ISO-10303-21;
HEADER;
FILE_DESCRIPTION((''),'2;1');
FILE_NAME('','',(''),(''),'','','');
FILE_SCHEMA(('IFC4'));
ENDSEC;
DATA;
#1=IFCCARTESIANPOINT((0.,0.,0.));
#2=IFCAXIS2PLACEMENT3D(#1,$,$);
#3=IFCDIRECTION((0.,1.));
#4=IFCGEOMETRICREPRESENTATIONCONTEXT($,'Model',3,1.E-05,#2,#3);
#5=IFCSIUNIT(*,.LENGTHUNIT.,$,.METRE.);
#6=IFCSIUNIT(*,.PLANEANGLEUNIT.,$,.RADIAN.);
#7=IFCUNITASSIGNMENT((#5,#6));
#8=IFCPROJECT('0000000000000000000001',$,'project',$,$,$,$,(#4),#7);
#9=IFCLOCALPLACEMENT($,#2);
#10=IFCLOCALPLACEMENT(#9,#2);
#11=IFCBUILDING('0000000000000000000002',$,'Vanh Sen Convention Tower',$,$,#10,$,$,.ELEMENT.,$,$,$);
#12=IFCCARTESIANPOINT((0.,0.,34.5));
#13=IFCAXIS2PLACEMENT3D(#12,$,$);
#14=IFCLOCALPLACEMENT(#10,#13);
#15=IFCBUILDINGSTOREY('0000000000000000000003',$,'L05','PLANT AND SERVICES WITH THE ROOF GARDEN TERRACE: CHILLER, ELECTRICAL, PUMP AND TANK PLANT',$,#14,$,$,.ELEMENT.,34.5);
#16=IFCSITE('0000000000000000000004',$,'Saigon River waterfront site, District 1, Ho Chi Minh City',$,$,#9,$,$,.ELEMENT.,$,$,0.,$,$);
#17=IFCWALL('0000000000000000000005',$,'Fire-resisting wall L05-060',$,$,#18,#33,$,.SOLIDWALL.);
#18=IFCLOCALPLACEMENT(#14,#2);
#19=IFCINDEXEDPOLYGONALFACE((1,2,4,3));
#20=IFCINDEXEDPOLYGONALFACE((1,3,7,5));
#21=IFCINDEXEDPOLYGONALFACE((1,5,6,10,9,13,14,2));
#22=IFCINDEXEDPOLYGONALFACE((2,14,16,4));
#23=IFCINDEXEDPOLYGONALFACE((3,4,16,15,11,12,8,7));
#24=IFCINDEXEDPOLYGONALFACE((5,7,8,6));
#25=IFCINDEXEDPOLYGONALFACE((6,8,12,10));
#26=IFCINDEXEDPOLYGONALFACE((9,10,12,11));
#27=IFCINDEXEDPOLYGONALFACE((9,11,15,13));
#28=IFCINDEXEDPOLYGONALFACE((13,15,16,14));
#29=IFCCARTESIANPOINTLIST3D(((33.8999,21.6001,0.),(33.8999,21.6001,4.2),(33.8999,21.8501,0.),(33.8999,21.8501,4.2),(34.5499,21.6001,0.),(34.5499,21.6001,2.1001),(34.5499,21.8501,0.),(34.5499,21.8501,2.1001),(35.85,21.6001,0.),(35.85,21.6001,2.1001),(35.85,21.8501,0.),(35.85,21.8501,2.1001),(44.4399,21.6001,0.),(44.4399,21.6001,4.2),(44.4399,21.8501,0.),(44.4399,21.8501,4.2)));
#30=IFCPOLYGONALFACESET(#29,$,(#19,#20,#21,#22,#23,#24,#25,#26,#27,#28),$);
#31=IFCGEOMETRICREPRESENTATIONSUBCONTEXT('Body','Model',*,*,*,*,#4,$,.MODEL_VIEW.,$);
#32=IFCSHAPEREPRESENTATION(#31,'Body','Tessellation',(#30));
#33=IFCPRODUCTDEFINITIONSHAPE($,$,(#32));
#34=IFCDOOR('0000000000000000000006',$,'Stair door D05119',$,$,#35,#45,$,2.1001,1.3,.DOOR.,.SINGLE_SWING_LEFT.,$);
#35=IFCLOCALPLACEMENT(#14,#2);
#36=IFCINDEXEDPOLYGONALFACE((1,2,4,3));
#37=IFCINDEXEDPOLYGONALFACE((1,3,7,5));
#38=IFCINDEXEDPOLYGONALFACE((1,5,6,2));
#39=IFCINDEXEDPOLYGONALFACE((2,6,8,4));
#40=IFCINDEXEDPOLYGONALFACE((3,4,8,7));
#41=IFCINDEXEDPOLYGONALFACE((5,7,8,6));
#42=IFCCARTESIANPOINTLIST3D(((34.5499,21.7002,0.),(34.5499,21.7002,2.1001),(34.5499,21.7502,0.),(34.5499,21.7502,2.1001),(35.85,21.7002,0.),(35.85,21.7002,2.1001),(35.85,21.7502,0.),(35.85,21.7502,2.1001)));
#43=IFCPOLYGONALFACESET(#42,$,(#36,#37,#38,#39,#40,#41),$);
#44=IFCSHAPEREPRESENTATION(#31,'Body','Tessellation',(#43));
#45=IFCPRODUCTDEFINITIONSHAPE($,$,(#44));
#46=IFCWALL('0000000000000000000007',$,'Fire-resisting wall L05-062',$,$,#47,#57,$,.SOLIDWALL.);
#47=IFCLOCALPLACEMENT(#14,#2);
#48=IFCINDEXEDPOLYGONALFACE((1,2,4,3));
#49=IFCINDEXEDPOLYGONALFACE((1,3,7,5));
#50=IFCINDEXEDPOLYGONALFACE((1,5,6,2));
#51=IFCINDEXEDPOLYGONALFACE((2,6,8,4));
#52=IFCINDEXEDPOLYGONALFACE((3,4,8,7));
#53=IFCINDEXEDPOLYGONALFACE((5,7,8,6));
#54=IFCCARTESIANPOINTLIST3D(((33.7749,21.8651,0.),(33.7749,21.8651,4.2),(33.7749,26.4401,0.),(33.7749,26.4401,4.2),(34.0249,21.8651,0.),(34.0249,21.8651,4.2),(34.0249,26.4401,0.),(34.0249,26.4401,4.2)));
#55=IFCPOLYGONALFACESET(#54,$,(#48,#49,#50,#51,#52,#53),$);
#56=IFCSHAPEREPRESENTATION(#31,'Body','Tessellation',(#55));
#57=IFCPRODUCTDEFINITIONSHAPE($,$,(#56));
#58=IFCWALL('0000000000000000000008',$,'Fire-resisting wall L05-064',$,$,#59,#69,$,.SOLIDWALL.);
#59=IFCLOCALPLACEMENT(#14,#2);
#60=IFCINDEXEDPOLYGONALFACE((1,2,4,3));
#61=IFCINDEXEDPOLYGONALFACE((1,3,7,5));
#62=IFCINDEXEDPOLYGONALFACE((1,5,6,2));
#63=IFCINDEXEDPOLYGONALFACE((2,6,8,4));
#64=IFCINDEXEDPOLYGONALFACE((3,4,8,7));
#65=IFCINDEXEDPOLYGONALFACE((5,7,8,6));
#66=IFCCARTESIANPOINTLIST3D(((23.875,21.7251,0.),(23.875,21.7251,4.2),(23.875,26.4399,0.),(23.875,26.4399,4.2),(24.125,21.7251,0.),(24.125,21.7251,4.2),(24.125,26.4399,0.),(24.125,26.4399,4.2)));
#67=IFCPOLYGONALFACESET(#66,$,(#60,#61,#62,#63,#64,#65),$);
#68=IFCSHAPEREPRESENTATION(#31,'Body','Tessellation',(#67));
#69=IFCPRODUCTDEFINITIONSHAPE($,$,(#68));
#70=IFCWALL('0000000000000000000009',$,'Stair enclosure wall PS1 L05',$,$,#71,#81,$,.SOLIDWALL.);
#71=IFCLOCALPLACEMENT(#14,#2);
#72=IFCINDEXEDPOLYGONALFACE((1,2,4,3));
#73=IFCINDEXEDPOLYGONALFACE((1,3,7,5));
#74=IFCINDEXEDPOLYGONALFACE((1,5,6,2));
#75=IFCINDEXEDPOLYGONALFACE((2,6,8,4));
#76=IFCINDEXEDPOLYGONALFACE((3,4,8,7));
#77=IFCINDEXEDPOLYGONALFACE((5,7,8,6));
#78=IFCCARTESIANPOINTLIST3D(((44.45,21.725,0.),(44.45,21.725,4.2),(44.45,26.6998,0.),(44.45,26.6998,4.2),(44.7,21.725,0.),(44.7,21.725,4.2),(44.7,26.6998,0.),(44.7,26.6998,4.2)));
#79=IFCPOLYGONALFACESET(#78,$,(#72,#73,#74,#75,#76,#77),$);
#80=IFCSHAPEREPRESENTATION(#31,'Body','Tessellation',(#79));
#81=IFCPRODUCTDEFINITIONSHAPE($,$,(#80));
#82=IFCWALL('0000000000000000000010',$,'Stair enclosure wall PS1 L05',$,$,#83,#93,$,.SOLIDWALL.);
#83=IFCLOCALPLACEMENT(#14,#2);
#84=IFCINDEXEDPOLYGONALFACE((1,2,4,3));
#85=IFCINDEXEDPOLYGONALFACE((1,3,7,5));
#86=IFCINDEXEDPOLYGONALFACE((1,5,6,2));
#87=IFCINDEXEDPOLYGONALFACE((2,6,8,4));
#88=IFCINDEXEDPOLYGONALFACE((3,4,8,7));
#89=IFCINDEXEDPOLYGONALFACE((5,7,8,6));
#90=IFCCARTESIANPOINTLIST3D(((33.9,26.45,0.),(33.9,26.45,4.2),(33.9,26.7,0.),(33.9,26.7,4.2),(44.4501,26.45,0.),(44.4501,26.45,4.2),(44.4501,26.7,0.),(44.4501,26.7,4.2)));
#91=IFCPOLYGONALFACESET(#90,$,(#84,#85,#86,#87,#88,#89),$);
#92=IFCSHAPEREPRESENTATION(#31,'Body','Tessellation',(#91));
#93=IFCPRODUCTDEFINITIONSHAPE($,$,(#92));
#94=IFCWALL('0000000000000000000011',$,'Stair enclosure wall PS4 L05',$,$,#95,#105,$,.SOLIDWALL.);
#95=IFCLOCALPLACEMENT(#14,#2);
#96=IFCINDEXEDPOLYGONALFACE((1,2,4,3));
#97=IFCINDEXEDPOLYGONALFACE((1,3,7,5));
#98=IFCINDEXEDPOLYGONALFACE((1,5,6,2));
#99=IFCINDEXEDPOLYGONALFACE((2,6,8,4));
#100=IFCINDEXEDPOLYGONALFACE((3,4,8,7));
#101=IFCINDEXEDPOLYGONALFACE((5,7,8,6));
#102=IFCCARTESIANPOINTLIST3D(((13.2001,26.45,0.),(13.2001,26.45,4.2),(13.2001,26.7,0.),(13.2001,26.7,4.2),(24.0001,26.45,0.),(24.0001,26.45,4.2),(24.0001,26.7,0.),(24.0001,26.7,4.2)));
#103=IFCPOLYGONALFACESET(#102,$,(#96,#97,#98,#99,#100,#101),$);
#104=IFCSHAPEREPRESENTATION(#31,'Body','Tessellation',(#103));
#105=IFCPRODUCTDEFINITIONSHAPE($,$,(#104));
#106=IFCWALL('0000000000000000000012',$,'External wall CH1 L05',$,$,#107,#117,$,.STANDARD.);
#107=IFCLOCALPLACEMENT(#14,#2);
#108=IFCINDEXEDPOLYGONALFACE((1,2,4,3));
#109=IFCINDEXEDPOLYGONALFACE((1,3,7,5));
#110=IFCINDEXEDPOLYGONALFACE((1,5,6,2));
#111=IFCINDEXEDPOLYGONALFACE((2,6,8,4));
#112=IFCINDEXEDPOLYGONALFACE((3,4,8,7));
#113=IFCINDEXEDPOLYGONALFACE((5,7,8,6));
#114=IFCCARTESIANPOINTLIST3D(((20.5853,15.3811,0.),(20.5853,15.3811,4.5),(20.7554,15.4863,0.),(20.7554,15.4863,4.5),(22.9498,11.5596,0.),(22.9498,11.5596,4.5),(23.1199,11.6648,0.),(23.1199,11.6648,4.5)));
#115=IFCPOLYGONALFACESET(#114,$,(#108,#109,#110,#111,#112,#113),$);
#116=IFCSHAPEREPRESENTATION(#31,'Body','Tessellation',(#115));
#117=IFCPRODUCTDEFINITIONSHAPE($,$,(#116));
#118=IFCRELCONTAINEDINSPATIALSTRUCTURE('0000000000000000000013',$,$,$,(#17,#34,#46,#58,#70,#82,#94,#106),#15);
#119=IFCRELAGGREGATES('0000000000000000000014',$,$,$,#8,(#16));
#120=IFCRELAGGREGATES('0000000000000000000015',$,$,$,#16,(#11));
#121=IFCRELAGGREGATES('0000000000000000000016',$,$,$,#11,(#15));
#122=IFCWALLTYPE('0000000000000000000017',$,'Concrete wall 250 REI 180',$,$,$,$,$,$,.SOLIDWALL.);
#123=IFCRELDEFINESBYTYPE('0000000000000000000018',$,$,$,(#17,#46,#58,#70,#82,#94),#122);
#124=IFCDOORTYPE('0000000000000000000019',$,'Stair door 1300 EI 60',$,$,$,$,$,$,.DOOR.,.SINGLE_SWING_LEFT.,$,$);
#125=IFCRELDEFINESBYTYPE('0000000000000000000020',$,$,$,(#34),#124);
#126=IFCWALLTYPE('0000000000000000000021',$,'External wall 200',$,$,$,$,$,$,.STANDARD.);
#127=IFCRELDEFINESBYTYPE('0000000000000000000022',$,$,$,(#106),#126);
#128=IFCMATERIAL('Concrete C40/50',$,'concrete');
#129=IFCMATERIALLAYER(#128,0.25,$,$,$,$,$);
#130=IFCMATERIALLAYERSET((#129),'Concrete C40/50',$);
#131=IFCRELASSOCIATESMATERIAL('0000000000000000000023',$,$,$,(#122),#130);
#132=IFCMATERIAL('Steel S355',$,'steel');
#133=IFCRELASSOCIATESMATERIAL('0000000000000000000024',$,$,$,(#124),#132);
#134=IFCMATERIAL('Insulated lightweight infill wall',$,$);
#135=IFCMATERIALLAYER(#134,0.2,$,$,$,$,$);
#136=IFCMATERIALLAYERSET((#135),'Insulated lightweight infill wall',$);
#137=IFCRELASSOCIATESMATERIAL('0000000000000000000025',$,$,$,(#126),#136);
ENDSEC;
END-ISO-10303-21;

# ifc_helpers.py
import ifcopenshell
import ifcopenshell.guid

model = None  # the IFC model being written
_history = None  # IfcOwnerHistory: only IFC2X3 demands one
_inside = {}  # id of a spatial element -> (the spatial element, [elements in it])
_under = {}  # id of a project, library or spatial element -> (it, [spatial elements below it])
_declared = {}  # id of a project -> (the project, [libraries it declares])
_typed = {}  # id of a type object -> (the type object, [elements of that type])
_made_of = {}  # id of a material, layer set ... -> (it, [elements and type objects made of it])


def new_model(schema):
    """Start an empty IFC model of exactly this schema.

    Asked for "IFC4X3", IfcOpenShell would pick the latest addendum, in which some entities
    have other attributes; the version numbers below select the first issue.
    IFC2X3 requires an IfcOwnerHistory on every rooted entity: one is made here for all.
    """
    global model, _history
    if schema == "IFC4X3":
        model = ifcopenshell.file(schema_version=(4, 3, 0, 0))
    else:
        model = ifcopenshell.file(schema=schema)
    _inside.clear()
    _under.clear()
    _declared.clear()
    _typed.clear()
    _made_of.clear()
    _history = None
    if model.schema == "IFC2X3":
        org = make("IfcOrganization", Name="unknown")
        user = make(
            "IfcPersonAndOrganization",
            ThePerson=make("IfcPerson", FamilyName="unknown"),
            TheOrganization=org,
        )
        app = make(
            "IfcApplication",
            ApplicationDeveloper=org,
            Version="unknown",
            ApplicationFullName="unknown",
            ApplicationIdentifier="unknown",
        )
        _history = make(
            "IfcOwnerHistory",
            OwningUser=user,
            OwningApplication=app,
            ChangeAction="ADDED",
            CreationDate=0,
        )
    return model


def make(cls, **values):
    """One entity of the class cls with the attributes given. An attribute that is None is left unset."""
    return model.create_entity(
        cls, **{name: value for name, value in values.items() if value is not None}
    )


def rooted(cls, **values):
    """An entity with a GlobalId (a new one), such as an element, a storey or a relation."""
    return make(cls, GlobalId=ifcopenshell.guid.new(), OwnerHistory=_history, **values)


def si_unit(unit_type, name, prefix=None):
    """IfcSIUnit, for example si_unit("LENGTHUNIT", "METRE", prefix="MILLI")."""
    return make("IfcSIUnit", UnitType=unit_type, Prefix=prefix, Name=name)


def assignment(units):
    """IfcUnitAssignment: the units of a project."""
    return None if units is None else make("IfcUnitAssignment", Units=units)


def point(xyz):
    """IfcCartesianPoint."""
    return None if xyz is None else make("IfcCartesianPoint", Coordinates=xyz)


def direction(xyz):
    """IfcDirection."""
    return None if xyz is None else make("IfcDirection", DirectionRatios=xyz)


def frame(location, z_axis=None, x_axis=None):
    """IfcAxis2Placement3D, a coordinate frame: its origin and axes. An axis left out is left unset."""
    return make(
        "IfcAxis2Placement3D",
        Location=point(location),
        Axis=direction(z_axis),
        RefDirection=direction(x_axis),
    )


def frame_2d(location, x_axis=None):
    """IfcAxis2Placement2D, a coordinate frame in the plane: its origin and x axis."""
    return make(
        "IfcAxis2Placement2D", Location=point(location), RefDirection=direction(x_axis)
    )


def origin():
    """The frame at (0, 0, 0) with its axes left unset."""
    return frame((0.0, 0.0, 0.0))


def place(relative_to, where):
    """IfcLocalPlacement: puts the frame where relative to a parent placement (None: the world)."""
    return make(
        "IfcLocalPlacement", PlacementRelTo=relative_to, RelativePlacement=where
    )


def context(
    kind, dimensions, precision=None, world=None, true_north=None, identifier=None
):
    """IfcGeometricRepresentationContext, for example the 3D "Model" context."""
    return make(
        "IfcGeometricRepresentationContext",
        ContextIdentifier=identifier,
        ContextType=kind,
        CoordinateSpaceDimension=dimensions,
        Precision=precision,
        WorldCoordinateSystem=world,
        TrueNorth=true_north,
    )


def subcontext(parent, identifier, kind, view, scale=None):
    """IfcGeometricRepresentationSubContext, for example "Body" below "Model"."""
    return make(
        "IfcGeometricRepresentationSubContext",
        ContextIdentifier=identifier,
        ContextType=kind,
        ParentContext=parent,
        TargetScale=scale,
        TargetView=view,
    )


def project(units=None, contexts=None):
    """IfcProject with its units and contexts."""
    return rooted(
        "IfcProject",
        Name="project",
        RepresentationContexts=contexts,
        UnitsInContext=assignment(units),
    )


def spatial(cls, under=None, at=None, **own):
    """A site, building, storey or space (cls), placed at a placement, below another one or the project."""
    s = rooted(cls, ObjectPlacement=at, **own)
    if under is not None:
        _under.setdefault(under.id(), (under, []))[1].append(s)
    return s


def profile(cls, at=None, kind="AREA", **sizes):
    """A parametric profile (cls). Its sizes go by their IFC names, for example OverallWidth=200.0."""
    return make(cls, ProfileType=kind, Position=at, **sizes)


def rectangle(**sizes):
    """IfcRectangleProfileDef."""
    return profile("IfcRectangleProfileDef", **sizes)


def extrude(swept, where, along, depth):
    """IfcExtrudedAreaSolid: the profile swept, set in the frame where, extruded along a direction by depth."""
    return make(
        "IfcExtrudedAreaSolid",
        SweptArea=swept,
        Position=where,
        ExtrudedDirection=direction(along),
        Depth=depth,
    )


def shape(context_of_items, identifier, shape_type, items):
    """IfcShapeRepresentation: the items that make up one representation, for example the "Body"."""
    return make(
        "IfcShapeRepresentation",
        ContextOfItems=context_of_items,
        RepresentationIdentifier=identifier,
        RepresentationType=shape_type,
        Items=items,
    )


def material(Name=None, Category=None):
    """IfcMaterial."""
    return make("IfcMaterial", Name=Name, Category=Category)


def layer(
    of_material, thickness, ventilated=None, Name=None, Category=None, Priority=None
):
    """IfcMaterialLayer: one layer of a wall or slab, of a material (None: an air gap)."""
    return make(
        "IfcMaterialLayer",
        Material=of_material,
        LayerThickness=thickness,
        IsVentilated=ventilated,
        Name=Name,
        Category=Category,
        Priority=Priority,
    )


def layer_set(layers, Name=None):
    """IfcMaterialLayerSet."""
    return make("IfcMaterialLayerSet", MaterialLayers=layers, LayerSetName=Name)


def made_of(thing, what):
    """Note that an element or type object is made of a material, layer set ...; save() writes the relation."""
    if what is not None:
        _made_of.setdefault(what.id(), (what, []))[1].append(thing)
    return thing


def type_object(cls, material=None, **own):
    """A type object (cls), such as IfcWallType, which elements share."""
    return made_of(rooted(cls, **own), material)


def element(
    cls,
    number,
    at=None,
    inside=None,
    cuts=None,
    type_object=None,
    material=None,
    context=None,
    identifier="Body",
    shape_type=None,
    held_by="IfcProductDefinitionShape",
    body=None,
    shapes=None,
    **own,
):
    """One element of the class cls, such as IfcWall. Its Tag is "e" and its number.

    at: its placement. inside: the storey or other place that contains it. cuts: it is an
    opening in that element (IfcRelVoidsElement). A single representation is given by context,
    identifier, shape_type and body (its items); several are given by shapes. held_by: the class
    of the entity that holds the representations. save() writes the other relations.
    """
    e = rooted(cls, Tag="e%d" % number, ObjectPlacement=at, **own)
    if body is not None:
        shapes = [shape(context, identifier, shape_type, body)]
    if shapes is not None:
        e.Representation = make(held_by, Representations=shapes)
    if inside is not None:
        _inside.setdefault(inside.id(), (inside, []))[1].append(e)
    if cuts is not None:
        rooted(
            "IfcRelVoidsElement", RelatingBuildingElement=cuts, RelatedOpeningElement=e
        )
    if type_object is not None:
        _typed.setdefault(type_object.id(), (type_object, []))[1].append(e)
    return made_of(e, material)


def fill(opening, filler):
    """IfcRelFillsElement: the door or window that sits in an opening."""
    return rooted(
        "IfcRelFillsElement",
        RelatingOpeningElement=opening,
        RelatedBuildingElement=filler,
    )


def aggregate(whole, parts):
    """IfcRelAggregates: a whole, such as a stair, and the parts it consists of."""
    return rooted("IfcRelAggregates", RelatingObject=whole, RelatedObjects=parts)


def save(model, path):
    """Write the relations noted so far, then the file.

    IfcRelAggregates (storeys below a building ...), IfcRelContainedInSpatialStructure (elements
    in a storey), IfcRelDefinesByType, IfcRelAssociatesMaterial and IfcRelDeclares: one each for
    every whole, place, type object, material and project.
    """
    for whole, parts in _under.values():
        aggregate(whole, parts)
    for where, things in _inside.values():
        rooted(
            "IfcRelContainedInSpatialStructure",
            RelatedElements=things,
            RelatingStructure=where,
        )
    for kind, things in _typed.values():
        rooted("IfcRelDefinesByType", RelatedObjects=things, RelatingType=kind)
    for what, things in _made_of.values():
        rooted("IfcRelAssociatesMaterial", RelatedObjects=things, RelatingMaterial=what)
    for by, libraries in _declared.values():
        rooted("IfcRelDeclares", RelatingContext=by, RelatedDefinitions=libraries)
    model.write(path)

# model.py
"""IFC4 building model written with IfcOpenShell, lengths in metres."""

from ifc_helpers import new_model, si_unit, direction, frame, frame_2d, origin, place, context, subcontext, project, spatial, rectangle, extrude, material, layer, layer_set, type_object, element, fill, save


model = new_model("IFC4")

# Units and contexts
model_context = context("Model", 3, precision=1e-05, world=origin(), true_north=direction((0.0, 1.0)))
body_context = subcontext(model_context, "Body", "Model", "MODEL_VIEW")
ifc_project = project(units=[si_unit("LENGTHUNIT", "METRE"), si_unit("PLANEANGLEUNIT", "RADIAN")], contexts=[model_context])

# Site, building, storey
site_placement = place(None, origin())
site = spatial("IfcSite", under=ifc_project, at=site_placement, Name="Saigon River waterfront site, District 1, Ho Chi Minh City", CompositionType="ELEMENT", RefElevation=0.0)
building_placement = place(site_placement, origin())
building = spatial("IfcBuilding", under=site, at=building_placement, Name="Vanh Sen Convention Tower", CompositionType="ELEMENT")
storey_placement = place(building_placement, frame((0.0, 0.0, 34.5)))
storey = spatial("IfcBuildingStorey", under=building, at=storey_placement, Name="L05", Description="PLANT AND SERVICES WITH THE ROOF GARDEN TERRACE: CHILLER, ELECTRICAL, PUMP AND TANK PLANT", CompositionType="ELEMENT", Elevation=34.5)

# Wall, opening, door
ifc_material_1 = material(Name="Concrete C40/50", Category="concrete")
ifc_layer_1 = layer(ifc_material_1, 0.25)
ifc_layer_set_1 = layer_set([ifc_layer_1], Name="Concrete C40/50")
wall_type_1 = type_object("IfcWallType", Name="Concrete wall 250 REI 180", PredefinedType="SOLIDWALL", material=ifc_layer_set_1)
ifc_material_2 = material(Name="Steel S355", Category="steel")
door_type = type_object("IfcDoorType", Name="Stair door 1300 EI 60", OperationType="SINGLE_SWING_LEFT", PredefinedType="DOOR", material=ifc_material_2)
wall_1_placement = place(storey_placement, frame((44.4399, 21.7251, 0.0), z_axis=(0.0, 0.0, 1.0), x_axis=(-1.0, 0.0, 0.0)))
wall_1 = element("IfcWall", 1, at=wall_1_placement, inside=storey, type_object=wall_type_1, Name="Fire-resisting wall L05-060", PredefinedType="SOLIDWALL", context=body_context, shape_type="SweptSolid", body=[
    extrude(rectangle(XDim=10.54, YDim=0.25, at=frame_2d((5.27, 0.0))), origin(), (0.0, 0.0, 1.0), 4.2),
])
opening_1_placement = place(wall_1_placement, frame((8.5901, 0.0, 0.0)))
opening_1 = element("IfcOpeningElement", 2, at=opening_1_placement, cuts=wall_1, PredefinedType="OPENING", context=body_context, shape_type="SweptSolid", body=[
    extrude(rectangle(XDim=1.3, YDim=2.1001, at=frame_2d((0.6499, 1.05))), frame((0.0, 0.135, 0.0), z_axis=(0.0, -1.0, 0.0), x_axis=(1.0, 0.0, 0.0)), (0.0, 0.0, 1.0), 0.27),
])
door_1_placement = place(opening_1_placement, origin())
door_1 = element("IfcDoor", 3, at=door_1_placement, inside=storey, type_object=door_type, Name="Stair door D05119", OperationType="SINGLE_SWING_LEFT", OverallHeight=2.1001, OverallWidth=1.3, PredefinedType="DOOR", context=body_context, shape_type="SweptSolid", body=[
    extrude(rectangle(XDim=1.3, YDim=2.1001, at=frame_2d((0.6499, 1.05))), frame((0.0, 0.0249, 0.0), z_axis=(0.0, -1.0, 0.0), x_axis=(1.0, 0.0, 0.0)), (0.0, 0.0, 1.0), 0.05),
])
fill(opening_1, door_1)

# Walls
wall_2_placement = place(storey_placement, frame((33.8999, 21.865, 0.0), z_axis=(0.0, 0.0, 1.0), x_axis=(0.0, 1.0, 0.0)))
element("IfcWall", 4, at=wall_2_placement, inside=storey, type_object=wall_type_1, Name="Fire-resisting wall L05-062", PredefinedType="SOLIDWALL", context=body_context, shape_type="SweptSolid", body=[
    extrude(rectangle(XDim=4.575, YDim=0.25, at=frame_2d((2.2876, 0.0))), origin(), (0.0, 0.0, 1.0), 4.2),
])
wall_3_placement = place(storey_placement, frame((24.0, 26.4399, 0.0), z_axis=(0.0, 0.0, 1.0), x_axis=(0.0, -1.0, 0.0)))
element("IfcWall", 5, at=wall_3_placement, inside=storey, type_object=wall_type_1, Name="Fire-resisting wall L05-064", PredefinedType="SOLIDWALL", context=body_context, shape_type="SweptSolid", body=[
    extrude(rectangle(XDim=4.7148, YDim=0.25, at=frame_2d((2.3574, 0.0))), origin(), (0.0, 0.0, 1.0), 4.2),
])
wall_4_placement = place(storey_placement, frame((44.575, 21.7251, 0.0), z_axis=(0.0, 0.0, 1.0), x_axis=(0.0, 1.0, 0.0)))
element("IfcWall", 6, at=wall_4_placement, inside=storey, type_object=wall_type_1, Name="Stair enclosure wall PS1 L05", PredefinedType="SOLIDWALL", context=body_context, shape_type="SweptSolid", body=[
    extrude(rectangle(XDim=4.9749, YDim=0.25, at=frame_2d((2.4873, 0.0))), origin(), (0.0, 0.0, 1.0), 4.2),
])
wall_5_placement = place(storey_placement, frame((44.45, 26.575, 0.0), z_axis=(0.0, 0.0, 1.0), x_axis=(-1.0, 0.0, 0.0)))
element("IfcWall", 7, at=wall_5_placement, inside=storey, type_object=wall_type_1, Name="Stair enclosure wall PS1 L05", PredefinedType="SOLIDWALL", context=body_context, shape_type="SweptSolid", body=[
    extrude(rectangle(XDim=10.55, YDim=0.25, at=frame_2d((5.2749, 0.0))), origin(), (0.0, 0.0, 1.0), 4.2),
])
wall_6_placement = place(storey_placement, frame((24.0, 26.575, 0.0), z_axis=(0.0, 0.0, 1.0), x_axis=(-1.0, 0.0, 0.0)))
element("IfcWall", 8, at=wall_6_placement, inside=storey, type_object=wall_type_1, Name="Stair enclosure wall PS4 L05", PredefinedType="SOLIDWALL", context=body_context, shape_type="SweptSolid", body=[
    extrude(rectangle(XDim=10.8, YDim=0.25, at=frame_2d((5.3999, 0.0))), origin(), (0.0, 0.0, 1.0), 4.2),
])
ifc_material_3 = material(Name="Insulated lightweight infill wall")
ifc_layer_2 = layer(ifc_material_3, 0.2)
ifc_layer_set_2 = layer_set([ifc_layer_2], Name="Insulated lightweight infill wall")
wall_type_2 = type_object("IfcWallType", Name="External wall 200", PredefinedType="STANDARD", material=ifc_layer_set_2)
wall_7_placement = place(storey_placement, frame((23.0349, 11.6121, 0.0), z_axis=(0.0, 0.0, 1.0), x_axis=(-0.52616, 0.850386, 0.0)))
element("IfcWall", 9, at=wall_7_placement, inside=storey, type_object=wall_type_2, Name="External wall CH1 L05", PredefinedType="STANDARD", context=body_context, shape_type="SweptSolid", body=[
    extrude(rectangle(XDim=4.4939, YDim=0.2, at=frame_2d((2.2471, 0.0))), origin(), (0.0, 0.0, 1.0), 4.5),
])

save(model, "model.ifc")
